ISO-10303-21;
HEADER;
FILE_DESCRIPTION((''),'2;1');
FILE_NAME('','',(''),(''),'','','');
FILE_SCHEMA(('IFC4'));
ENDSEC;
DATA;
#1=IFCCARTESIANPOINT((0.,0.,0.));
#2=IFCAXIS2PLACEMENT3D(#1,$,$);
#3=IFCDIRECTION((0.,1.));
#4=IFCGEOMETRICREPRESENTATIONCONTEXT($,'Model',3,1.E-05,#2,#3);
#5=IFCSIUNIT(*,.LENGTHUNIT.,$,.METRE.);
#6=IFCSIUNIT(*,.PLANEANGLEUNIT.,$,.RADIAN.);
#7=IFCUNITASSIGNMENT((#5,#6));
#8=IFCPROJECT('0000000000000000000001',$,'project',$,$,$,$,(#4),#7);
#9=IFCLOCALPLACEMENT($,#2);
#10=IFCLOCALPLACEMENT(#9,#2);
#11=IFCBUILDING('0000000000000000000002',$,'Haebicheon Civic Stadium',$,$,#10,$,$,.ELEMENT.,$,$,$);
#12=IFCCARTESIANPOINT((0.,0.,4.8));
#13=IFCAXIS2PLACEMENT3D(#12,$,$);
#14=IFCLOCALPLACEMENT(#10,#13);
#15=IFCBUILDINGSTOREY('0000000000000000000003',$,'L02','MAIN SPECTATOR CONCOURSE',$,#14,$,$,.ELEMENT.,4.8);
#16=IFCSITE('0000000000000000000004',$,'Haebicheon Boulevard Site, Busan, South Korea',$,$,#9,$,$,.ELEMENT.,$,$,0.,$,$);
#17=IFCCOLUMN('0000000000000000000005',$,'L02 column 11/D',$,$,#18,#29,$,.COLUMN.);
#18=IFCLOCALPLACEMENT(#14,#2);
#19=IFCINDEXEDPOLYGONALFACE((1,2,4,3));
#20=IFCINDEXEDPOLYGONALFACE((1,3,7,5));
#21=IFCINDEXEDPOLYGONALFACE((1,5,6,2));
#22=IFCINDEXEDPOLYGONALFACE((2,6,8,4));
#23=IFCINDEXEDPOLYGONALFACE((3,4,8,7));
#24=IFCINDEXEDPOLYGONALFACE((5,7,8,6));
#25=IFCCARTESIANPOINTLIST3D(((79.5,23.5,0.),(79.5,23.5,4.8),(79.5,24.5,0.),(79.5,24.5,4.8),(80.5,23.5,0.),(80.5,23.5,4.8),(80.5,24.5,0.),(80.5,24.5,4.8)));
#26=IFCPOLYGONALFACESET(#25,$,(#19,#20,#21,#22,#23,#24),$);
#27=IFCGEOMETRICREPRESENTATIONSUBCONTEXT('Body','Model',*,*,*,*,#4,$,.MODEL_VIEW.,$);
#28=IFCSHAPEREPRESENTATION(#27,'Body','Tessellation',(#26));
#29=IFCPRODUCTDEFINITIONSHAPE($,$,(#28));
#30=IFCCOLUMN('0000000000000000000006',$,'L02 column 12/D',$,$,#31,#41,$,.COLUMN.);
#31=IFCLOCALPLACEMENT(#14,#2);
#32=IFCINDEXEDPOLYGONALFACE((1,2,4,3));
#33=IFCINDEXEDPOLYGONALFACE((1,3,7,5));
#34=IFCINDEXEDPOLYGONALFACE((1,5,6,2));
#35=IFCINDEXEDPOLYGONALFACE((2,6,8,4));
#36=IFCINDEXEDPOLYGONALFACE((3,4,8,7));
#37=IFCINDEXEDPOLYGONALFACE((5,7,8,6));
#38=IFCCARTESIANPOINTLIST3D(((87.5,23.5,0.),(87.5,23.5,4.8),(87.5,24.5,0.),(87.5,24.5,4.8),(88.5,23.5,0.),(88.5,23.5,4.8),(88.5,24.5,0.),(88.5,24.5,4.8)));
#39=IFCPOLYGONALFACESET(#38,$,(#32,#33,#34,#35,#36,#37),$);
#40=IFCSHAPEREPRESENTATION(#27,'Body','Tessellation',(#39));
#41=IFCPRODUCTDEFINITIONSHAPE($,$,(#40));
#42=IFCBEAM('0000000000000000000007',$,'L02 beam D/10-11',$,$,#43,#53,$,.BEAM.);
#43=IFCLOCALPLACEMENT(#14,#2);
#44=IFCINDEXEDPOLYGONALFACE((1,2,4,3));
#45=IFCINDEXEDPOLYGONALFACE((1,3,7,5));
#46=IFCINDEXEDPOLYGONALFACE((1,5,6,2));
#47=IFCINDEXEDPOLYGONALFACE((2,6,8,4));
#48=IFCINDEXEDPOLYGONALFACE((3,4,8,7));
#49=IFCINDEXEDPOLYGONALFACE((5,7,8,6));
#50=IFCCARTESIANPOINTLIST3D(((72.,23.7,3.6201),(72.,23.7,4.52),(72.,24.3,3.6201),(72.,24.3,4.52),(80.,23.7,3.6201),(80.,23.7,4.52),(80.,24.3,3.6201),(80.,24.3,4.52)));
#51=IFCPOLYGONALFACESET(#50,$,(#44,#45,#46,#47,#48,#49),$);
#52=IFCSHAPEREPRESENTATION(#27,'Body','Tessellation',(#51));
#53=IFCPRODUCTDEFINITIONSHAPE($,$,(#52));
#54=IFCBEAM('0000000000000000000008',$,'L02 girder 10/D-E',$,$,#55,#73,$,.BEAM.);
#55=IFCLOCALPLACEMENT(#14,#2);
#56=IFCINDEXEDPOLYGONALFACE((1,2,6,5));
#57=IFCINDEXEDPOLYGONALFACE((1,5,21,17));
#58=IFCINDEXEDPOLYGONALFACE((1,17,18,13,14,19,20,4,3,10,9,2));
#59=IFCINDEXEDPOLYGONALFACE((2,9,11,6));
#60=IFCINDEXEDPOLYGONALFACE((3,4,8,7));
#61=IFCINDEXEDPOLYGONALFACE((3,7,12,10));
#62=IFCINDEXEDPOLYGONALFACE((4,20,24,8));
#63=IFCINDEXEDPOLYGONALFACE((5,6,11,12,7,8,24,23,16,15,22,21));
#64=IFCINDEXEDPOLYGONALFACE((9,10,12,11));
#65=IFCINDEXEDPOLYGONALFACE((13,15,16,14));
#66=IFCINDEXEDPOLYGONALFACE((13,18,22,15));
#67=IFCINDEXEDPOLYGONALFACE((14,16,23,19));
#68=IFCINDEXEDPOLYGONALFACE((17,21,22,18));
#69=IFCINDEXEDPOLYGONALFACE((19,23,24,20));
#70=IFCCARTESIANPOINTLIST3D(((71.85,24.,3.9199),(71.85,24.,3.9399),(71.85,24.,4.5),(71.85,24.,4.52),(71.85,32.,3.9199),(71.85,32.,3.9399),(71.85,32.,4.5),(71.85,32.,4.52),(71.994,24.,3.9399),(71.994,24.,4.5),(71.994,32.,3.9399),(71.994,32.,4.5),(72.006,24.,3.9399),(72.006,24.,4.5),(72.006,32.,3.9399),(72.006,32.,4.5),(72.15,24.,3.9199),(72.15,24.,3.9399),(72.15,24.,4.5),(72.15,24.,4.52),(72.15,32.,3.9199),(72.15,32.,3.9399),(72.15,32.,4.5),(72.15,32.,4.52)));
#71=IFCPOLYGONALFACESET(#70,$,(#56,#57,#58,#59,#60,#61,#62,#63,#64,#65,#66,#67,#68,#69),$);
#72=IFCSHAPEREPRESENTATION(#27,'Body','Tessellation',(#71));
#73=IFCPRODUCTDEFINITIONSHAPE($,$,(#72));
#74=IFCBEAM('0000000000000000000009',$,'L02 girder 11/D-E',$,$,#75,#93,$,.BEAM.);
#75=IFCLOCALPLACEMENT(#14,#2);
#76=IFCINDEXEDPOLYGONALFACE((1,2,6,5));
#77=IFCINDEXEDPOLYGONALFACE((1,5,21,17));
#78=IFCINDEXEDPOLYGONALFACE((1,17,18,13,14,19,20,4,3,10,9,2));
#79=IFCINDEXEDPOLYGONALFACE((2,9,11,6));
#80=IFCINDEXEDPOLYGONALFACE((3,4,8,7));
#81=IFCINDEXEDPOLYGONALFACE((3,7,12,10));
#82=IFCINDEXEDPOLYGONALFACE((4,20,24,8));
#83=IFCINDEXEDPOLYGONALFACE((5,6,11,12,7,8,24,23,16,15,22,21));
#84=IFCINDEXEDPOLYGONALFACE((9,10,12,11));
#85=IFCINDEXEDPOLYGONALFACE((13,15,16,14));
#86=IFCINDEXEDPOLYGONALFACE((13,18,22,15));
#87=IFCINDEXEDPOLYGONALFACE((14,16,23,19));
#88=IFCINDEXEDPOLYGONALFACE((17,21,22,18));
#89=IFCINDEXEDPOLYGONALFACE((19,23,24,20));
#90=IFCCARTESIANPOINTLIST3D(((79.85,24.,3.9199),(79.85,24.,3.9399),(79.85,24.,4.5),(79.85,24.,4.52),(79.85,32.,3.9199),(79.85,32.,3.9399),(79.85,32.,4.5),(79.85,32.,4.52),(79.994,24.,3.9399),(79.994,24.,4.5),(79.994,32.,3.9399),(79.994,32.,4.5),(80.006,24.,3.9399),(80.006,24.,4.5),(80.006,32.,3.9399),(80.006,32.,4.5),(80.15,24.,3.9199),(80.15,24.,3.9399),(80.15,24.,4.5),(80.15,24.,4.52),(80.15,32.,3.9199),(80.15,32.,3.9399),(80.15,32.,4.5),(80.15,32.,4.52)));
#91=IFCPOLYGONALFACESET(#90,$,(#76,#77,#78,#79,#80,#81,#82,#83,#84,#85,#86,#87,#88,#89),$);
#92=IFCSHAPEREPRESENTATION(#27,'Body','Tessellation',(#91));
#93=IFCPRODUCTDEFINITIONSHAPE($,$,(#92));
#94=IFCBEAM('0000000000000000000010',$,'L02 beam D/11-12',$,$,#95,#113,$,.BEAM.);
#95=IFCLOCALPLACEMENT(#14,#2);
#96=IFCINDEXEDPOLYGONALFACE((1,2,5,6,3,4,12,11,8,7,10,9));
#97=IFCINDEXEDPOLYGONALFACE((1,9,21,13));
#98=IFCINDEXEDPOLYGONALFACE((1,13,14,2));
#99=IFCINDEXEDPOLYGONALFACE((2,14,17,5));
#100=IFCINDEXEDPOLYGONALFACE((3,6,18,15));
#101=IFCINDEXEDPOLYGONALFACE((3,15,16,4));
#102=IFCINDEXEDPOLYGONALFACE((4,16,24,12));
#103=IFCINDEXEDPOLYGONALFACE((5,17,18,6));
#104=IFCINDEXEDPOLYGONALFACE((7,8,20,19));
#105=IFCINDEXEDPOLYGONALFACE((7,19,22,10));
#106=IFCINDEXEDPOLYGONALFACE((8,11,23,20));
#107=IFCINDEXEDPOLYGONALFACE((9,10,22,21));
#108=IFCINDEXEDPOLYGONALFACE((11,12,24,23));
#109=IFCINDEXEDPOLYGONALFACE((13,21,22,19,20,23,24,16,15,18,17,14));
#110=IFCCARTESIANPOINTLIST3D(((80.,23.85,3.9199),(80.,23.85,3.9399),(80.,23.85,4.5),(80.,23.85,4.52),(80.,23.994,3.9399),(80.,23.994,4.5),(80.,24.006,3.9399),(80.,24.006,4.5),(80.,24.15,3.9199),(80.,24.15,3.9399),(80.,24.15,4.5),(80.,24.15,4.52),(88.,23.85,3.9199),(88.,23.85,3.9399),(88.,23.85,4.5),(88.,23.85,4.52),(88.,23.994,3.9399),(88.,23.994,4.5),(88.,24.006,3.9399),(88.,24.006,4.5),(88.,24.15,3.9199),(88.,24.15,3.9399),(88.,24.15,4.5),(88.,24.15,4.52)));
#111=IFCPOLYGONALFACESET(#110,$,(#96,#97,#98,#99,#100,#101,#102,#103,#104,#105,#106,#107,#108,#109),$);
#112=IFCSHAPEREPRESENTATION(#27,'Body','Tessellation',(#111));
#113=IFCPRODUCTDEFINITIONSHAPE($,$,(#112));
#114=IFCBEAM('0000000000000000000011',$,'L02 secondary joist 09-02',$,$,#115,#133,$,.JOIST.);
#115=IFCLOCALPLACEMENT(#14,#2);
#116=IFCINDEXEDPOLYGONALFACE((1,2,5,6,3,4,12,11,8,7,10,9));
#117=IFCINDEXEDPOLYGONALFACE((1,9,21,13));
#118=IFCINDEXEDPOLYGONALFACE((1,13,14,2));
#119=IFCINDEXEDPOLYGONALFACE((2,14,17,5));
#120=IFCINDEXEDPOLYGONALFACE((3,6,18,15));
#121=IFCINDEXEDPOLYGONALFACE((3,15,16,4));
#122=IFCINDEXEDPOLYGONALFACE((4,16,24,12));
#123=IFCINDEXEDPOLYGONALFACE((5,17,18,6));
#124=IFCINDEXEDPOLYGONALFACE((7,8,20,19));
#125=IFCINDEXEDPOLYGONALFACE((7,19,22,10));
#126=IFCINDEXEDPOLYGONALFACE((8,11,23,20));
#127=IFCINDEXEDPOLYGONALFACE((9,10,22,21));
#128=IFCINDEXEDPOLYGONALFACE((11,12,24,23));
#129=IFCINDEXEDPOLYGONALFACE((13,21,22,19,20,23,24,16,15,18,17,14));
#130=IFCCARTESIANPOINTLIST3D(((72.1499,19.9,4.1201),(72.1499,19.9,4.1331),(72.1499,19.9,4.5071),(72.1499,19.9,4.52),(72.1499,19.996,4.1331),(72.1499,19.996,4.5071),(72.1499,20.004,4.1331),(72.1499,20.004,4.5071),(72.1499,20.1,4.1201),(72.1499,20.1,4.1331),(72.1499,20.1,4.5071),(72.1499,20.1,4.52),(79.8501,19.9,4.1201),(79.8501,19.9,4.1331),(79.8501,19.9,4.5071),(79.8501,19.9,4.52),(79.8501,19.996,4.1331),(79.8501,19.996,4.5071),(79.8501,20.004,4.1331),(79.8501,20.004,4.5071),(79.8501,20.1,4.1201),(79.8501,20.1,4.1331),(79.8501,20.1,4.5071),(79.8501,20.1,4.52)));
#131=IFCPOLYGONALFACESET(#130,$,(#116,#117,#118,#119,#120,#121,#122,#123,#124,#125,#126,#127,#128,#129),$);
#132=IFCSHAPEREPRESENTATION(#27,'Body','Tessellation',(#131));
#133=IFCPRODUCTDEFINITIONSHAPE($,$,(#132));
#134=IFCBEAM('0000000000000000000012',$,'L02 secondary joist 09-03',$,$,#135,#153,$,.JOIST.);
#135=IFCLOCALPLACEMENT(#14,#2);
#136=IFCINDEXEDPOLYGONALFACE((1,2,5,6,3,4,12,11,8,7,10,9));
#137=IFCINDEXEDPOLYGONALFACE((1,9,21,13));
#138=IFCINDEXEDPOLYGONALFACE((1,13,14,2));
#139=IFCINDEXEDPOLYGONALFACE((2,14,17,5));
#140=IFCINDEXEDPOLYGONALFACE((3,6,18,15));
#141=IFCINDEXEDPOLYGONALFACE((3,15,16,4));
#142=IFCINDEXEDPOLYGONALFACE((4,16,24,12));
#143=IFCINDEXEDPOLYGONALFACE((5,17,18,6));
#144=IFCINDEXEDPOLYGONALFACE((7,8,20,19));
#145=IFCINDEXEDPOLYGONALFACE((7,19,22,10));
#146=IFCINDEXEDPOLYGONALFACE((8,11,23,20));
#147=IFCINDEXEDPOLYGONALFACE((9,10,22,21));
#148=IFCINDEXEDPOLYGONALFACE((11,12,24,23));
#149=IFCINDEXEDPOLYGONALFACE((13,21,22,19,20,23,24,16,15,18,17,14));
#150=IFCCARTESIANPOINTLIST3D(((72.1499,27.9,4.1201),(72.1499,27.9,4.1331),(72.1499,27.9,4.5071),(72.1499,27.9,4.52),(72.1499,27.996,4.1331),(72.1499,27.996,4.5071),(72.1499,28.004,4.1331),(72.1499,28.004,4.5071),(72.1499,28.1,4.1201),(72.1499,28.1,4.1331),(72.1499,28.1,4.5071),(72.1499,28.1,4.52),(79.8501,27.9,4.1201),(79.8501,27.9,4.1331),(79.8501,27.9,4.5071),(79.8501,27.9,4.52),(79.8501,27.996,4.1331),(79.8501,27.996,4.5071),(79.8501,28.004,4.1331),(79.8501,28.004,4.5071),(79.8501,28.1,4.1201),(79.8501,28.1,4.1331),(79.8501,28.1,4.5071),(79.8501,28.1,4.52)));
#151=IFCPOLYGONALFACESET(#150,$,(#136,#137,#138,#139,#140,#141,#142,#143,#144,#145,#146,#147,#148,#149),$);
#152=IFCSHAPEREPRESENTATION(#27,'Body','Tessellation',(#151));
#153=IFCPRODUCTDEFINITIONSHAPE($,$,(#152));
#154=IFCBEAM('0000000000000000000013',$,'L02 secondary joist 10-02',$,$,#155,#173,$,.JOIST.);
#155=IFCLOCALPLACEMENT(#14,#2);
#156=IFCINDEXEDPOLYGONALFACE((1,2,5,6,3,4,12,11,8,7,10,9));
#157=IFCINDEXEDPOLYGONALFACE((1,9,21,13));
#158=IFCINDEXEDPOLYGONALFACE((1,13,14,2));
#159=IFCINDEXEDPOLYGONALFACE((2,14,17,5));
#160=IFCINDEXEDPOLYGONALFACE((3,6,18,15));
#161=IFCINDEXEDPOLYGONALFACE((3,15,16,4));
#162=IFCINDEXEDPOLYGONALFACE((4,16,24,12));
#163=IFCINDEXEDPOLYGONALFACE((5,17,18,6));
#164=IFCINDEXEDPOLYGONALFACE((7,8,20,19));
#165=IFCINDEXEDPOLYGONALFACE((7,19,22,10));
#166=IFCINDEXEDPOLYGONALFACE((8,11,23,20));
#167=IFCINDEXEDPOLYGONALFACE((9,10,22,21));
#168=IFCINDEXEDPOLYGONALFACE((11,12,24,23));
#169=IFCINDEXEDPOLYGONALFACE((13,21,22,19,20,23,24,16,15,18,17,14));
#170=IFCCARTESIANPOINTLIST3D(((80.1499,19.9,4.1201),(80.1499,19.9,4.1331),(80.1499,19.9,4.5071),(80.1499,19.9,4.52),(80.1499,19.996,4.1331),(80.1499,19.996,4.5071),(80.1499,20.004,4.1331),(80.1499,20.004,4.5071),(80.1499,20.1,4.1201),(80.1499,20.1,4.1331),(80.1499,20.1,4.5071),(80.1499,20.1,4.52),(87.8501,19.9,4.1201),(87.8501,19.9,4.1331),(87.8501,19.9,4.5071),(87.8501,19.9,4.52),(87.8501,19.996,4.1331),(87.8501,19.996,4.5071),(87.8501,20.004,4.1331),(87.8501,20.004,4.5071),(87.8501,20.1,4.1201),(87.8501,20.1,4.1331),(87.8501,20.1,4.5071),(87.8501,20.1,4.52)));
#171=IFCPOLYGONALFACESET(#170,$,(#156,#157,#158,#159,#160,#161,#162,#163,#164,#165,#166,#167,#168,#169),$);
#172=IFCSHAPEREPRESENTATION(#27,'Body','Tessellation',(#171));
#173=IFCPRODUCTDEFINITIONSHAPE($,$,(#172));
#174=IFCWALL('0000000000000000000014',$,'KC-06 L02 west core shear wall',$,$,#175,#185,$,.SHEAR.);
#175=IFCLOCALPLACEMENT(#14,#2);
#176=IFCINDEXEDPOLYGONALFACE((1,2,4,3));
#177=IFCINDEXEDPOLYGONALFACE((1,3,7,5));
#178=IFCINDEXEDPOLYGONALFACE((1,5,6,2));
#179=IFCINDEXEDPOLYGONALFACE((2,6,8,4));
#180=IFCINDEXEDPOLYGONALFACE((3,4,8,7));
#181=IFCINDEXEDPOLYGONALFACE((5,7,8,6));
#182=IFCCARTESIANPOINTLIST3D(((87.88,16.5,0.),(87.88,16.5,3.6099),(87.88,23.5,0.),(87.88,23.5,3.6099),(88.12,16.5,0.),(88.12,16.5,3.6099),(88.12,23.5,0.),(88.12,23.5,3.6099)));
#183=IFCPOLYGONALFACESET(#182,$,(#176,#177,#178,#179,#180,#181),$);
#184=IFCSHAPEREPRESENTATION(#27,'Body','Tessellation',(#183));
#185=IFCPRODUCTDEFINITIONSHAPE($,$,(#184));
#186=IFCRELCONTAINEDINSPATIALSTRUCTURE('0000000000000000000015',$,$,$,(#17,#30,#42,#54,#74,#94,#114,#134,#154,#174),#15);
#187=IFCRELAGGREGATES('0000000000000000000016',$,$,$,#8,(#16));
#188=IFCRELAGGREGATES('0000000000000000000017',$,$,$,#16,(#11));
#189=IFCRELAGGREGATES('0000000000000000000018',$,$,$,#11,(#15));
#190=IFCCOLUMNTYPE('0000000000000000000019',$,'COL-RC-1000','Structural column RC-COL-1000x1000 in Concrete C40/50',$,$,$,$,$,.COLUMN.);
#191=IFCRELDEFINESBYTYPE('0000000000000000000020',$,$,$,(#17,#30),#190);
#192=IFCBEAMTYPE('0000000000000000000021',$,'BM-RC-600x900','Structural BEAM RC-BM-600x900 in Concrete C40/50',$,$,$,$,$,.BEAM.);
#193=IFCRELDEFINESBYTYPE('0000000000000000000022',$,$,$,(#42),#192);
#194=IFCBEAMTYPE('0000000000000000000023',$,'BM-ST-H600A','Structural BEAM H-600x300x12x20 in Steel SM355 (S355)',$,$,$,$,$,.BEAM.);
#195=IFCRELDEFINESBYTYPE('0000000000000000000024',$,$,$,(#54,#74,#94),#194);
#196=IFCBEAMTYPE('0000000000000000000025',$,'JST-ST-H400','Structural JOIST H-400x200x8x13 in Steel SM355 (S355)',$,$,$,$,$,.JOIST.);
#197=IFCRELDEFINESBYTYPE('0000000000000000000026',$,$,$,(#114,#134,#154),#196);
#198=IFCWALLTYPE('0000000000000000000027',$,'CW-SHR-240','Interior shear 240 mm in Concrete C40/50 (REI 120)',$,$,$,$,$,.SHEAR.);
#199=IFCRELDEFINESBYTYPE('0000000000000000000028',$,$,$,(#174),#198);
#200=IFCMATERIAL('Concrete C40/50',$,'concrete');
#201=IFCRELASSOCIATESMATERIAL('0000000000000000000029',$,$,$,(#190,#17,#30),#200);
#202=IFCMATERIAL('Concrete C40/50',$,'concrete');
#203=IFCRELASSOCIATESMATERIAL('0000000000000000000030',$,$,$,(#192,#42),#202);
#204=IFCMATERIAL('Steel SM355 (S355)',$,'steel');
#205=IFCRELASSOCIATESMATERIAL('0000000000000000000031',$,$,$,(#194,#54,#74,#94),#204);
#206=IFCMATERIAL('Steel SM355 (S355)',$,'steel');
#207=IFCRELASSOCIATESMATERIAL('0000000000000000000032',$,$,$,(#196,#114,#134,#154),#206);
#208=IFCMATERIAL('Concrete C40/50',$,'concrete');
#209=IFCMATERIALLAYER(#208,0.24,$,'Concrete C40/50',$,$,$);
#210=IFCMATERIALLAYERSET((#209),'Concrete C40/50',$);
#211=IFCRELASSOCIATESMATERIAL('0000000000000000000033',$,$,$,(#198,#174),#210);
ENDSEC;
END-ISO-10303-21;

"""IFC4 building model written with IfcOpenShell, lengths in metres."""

from ifc_helpers import new_model, si_unit, direction, frame, frame_2d, origin, origin_2d, place, context, subcontext, project, spatial, rectangle, i_section, extrude, material, layer, layer_set, material_profile, profile_set, type_object, element, save


model = new_model("IFC4")

# Units and contexts
model_context = context("Model", 3, precision=1e-05, world=origin(), true_north=direction((0.0, 1.0)))
body_context = subcontext(model_context, "Body", "Model", "MODEL_VIEW")
ifc_project = project(units=[si_unit("LENGTHUNIT", "METRE"), si_unit("PLANEANGLEUNIT", "RADIAN")], contexts=[model_context])

# Site, building, storey
site_placement = place(None, origin())
site = spatial("IfcSite", under=ifc_project, at=site_placement, Name="Haebicheon Boulevard Site, Busan, South Korea", CompositionType="ELEMENT", RefElevation=0.0)
building_placement = place(site_placement, origin())
building = spatial("IfcBuilding", under=site, at=building_placement, Name="Haebicheon Civic Stadium", CompositionType="ELEMENT")
storey_placement = place(building_placement, frame((0.0, 0.0, 4.8)))
storey = spatial("IfcBuildingStorey", under=building, at=storey_placement, Name="L02", Description="MAIN SPECTATOR CONCOURSE", CompositionType="ELEMENT", Elevation=4.8)

# Columns
ifc_material_1 = material(Name="Concrete C40/50", Category="concrete")
ifc_material_profile_1 = material_profile(ifc_material_1, rectangle(XDim=1.0, YDim=1.0, at=origin_2d()), Name="RC-COL-1000x1000")
ifc_profile_set_1 = profile_set([ifc_material_profile_1], Name="Concrete C40/50")
column_type = type_object("IfcColumnType", Name="COL-RC-1000", Description="Structural column RC-COL-1000x1000 in Concrete C40/50", PredefinedType="COLUMN", material=ifc_profile_set_1)
for number, where, z_axis, x_axis, name in (
    (1, (80.0, 24.0, 0.0), (0.0, 0.0, 1.0), (1.0, 0.0, 0.0), "L02 column 11/D"),
    (2, (88.0, 24.0, 0.0), (0.0, 0.0, 1.0), (1.0, 0.0, 0.0), "L02 column 12/D"),
):
    element("IfcColumn", number, at=place(storey_placement, frame(where, z_axis=z_axis, x_axis=x_axis)), inside=storey, type_object=column_type, material=ifc_profile_set_1, Name=name, PredefinedType="COLUMN", context=body_context, shape_type="SweptSolid", body=[
        extrude(rectangle(XDim=1.0, YDim=1.0, at=origin_2d()), origin(), (0.0, 0.0, 1.0), 4.8),
    ])

# Beams
ifc_material_2 = material(Name="Concrete C40/50", Category="concrete")
ifc_material_profile_2 = material_profile(ifc_material_2, rectangle(XDim=0.6001, YDim=0.8999, at=origin_2d()), Name="RC-BM-600x900")
ifc_profile_set_2 = profile_set([ifc_material_profile_2], Name="Concrete C40/50")
beam_type_1 = type_object("IfcBeamType", Name="BM-RC-600x900", Description="Structural BEAM RC-BM-600x900 in Concrete C40/50", PredefinedType="BEAM", material=ifc_profile_set_2)
beam_placement = place(storey_placement, frame((72.0, 24.0, 4.0701), z_axis=(1.0, 0.0, 0.0), x_axis=(0.0, 1.0, 0.0)))
element("IfcBeam", 3, at=beam_placement, inside=storey, type_object=beam_type_1, material=ifc_profile_set_2, Name="L02 beam D/10-11", PredefinedType="BEAM", context=body_context, shape_type="SweptSolid", body=[
    extrude(rectangle(XDim=0.6001, YDim=0.8999, at=origin_2d()), origin(), (0.0, 0.0, 1.0), 8.0),
])
ifc_material_3 = material(Name="Steel SM355 (S355)", Category="steel")
ifc_material_profile_3 = material_profile(ifc_material_3, i_section(OverallWidth=0.3, OverallDepth=0.6001, WebThickness=0.012, FlangeThickness=0.02, at=origin_2d()), Name="H-600x300x12x20")
ifc_profile_set_3 = profile_set([ifc_material_profile_3], Name="Steel SM355 (S355)")
beam_type_2 = type_object("IfcBeamType", Name="BM-ST-H600A", Description="Structural BEAM H-600x300x12x20 in Steel SM355 (S355)", PredefinedType="BEAM", material=ifc_profile_set_3)
for number, where, z_axis, x_axis, name in (
    (4, (72.0, 24.0, 4.22), (0.0, 1.0, 0.0), (-1.0, 0.0, 0.0), "L02 girder 10/D-E"),
    (5, (80.0, 24.0, 4.22), (0.0, 1.0, 0.0), (-1.0, 0.0, 0.0), "L02 girder 11/D-E"),
    (6, (80.0, 24.0, 4.22), (1.0, 0.0, 0.0), (0.0, 1.0, 0.0), "L02 beam D/11-12"),
):
    element("IfcBeam", number, at=place(storey_placement, frame(where, z_axis=z_axis, x_axis=x_axis)), inside=storey, type_object=beam_type_2, material=ifc_profile_set_3, Name=name, PredefinedType="BEAM", context=body_context, shape_type="SweptSolid", body=[
        extrude(i_section(OverallWidth=0.3, OverallDepth=0.6001, WebThickness=0.012, FlangeThickness=0.02, at=origin_2d()), origin(), (0.0, 0.0, 1.0), 8.0),
    ])
ifc_material_4 = material(Name="Steel SM355 (S355)", Category="steel")
ifc_material_profile_4 = material_profile(ifc_material_4, i_section(OverallWidth=0.2, OverallDepth=0.3999, WebThickness=0.0081, FlangeThickness=0.0129, at=origin_2d()), Name="H-400x200x8x13")
ifc_profile_set_4 = profile_set([ifc_material_profile_4], Name="Steel SM355 (S355)")
beam_type_3 = type_object("IfcBeamType", Name="JST-ST-H400", Description="Structural JOIST H-400x200x8x13 in Steel SM355 (S355)", PredefinedType="JOIST", material=ifc_profile_set_4)
for number, where, z_axis, x_axis, name in (
    (7, (72.1499, 20.0, 4.3201), (1.0, 0.0, 0.0), (0.0, 1.0, 0.0), "L02 secondary joist 09-02"),
    (8, (72.1499, 28.0, 4.3201), (1.0, 0.0, 0.0), (0.0, 1.0, 0.0), "L02 secondary joist 09-03"),
    (9, (80.1499, 20.0, 4.3201), (1.0, 0.0, 0.0), (0.0, 1.0, 0.0), "L02 secondary joist 10-02"),
):
    element("IfcBeam", number, at=place(storey_placement, frame(where, z_axis=z_axis, x_axis=x_axis)), inside=storey, type_object=beam_type_3, material=ifc_profile_set_4, Name=name, PredefinedType="JOIST", context=body_context, shape_type="SweptSolid", body=[
        extrude(i_section(OverallWidth=0.2, OverallDepth=0.3999, WebThickness=0.0081, FlangeThickness=0.0129, at=origin_2d()), origin(), (0.0, 0.0, 1.0), 7.7002),
    ])

# Wall
ifc_material_5 = material(Name="Concrete C40/50", Category="concrete")
ifc_layer_1 = layer(ifc_material_5, 0.24, Name="Concrete C40/50")
ifc_layer_set_1 = layer_set([ifc_layer_1], Name="Concrete C40/50")
wall_type_1 = type_object("IfcWallType", Name="CW-SHR-240", Description="Interior shear 240 mm in Concrete C40/50 (REI 120)", PredefinedType="SHEAR", material=ifc_layer_set_1)
wall_1_placement = place(storey_placement, frame((88.0, 16.5, 0.0), z_axis=(0.0, 0.0, 1.0), x_axis=(0.0, 1.0, 0.0)))
element("IfcWall", 10, at=wall_1_placement, inside=storey, type_object=wall_type_1, material=ifc_layer_set_1, Name="KC-06 L02 west core shear wall", PredefinedType="SHEAR", context=body_context, shape_type="SweptSolid", body=[
    extrude(rectangle(XDim=7.0, YDim=0.24, at=frame_2d((3.5, 0.0))), origin(), (0.0, 0.0, 1.0), 3.6099),
])

save(model, "model.ifc")
